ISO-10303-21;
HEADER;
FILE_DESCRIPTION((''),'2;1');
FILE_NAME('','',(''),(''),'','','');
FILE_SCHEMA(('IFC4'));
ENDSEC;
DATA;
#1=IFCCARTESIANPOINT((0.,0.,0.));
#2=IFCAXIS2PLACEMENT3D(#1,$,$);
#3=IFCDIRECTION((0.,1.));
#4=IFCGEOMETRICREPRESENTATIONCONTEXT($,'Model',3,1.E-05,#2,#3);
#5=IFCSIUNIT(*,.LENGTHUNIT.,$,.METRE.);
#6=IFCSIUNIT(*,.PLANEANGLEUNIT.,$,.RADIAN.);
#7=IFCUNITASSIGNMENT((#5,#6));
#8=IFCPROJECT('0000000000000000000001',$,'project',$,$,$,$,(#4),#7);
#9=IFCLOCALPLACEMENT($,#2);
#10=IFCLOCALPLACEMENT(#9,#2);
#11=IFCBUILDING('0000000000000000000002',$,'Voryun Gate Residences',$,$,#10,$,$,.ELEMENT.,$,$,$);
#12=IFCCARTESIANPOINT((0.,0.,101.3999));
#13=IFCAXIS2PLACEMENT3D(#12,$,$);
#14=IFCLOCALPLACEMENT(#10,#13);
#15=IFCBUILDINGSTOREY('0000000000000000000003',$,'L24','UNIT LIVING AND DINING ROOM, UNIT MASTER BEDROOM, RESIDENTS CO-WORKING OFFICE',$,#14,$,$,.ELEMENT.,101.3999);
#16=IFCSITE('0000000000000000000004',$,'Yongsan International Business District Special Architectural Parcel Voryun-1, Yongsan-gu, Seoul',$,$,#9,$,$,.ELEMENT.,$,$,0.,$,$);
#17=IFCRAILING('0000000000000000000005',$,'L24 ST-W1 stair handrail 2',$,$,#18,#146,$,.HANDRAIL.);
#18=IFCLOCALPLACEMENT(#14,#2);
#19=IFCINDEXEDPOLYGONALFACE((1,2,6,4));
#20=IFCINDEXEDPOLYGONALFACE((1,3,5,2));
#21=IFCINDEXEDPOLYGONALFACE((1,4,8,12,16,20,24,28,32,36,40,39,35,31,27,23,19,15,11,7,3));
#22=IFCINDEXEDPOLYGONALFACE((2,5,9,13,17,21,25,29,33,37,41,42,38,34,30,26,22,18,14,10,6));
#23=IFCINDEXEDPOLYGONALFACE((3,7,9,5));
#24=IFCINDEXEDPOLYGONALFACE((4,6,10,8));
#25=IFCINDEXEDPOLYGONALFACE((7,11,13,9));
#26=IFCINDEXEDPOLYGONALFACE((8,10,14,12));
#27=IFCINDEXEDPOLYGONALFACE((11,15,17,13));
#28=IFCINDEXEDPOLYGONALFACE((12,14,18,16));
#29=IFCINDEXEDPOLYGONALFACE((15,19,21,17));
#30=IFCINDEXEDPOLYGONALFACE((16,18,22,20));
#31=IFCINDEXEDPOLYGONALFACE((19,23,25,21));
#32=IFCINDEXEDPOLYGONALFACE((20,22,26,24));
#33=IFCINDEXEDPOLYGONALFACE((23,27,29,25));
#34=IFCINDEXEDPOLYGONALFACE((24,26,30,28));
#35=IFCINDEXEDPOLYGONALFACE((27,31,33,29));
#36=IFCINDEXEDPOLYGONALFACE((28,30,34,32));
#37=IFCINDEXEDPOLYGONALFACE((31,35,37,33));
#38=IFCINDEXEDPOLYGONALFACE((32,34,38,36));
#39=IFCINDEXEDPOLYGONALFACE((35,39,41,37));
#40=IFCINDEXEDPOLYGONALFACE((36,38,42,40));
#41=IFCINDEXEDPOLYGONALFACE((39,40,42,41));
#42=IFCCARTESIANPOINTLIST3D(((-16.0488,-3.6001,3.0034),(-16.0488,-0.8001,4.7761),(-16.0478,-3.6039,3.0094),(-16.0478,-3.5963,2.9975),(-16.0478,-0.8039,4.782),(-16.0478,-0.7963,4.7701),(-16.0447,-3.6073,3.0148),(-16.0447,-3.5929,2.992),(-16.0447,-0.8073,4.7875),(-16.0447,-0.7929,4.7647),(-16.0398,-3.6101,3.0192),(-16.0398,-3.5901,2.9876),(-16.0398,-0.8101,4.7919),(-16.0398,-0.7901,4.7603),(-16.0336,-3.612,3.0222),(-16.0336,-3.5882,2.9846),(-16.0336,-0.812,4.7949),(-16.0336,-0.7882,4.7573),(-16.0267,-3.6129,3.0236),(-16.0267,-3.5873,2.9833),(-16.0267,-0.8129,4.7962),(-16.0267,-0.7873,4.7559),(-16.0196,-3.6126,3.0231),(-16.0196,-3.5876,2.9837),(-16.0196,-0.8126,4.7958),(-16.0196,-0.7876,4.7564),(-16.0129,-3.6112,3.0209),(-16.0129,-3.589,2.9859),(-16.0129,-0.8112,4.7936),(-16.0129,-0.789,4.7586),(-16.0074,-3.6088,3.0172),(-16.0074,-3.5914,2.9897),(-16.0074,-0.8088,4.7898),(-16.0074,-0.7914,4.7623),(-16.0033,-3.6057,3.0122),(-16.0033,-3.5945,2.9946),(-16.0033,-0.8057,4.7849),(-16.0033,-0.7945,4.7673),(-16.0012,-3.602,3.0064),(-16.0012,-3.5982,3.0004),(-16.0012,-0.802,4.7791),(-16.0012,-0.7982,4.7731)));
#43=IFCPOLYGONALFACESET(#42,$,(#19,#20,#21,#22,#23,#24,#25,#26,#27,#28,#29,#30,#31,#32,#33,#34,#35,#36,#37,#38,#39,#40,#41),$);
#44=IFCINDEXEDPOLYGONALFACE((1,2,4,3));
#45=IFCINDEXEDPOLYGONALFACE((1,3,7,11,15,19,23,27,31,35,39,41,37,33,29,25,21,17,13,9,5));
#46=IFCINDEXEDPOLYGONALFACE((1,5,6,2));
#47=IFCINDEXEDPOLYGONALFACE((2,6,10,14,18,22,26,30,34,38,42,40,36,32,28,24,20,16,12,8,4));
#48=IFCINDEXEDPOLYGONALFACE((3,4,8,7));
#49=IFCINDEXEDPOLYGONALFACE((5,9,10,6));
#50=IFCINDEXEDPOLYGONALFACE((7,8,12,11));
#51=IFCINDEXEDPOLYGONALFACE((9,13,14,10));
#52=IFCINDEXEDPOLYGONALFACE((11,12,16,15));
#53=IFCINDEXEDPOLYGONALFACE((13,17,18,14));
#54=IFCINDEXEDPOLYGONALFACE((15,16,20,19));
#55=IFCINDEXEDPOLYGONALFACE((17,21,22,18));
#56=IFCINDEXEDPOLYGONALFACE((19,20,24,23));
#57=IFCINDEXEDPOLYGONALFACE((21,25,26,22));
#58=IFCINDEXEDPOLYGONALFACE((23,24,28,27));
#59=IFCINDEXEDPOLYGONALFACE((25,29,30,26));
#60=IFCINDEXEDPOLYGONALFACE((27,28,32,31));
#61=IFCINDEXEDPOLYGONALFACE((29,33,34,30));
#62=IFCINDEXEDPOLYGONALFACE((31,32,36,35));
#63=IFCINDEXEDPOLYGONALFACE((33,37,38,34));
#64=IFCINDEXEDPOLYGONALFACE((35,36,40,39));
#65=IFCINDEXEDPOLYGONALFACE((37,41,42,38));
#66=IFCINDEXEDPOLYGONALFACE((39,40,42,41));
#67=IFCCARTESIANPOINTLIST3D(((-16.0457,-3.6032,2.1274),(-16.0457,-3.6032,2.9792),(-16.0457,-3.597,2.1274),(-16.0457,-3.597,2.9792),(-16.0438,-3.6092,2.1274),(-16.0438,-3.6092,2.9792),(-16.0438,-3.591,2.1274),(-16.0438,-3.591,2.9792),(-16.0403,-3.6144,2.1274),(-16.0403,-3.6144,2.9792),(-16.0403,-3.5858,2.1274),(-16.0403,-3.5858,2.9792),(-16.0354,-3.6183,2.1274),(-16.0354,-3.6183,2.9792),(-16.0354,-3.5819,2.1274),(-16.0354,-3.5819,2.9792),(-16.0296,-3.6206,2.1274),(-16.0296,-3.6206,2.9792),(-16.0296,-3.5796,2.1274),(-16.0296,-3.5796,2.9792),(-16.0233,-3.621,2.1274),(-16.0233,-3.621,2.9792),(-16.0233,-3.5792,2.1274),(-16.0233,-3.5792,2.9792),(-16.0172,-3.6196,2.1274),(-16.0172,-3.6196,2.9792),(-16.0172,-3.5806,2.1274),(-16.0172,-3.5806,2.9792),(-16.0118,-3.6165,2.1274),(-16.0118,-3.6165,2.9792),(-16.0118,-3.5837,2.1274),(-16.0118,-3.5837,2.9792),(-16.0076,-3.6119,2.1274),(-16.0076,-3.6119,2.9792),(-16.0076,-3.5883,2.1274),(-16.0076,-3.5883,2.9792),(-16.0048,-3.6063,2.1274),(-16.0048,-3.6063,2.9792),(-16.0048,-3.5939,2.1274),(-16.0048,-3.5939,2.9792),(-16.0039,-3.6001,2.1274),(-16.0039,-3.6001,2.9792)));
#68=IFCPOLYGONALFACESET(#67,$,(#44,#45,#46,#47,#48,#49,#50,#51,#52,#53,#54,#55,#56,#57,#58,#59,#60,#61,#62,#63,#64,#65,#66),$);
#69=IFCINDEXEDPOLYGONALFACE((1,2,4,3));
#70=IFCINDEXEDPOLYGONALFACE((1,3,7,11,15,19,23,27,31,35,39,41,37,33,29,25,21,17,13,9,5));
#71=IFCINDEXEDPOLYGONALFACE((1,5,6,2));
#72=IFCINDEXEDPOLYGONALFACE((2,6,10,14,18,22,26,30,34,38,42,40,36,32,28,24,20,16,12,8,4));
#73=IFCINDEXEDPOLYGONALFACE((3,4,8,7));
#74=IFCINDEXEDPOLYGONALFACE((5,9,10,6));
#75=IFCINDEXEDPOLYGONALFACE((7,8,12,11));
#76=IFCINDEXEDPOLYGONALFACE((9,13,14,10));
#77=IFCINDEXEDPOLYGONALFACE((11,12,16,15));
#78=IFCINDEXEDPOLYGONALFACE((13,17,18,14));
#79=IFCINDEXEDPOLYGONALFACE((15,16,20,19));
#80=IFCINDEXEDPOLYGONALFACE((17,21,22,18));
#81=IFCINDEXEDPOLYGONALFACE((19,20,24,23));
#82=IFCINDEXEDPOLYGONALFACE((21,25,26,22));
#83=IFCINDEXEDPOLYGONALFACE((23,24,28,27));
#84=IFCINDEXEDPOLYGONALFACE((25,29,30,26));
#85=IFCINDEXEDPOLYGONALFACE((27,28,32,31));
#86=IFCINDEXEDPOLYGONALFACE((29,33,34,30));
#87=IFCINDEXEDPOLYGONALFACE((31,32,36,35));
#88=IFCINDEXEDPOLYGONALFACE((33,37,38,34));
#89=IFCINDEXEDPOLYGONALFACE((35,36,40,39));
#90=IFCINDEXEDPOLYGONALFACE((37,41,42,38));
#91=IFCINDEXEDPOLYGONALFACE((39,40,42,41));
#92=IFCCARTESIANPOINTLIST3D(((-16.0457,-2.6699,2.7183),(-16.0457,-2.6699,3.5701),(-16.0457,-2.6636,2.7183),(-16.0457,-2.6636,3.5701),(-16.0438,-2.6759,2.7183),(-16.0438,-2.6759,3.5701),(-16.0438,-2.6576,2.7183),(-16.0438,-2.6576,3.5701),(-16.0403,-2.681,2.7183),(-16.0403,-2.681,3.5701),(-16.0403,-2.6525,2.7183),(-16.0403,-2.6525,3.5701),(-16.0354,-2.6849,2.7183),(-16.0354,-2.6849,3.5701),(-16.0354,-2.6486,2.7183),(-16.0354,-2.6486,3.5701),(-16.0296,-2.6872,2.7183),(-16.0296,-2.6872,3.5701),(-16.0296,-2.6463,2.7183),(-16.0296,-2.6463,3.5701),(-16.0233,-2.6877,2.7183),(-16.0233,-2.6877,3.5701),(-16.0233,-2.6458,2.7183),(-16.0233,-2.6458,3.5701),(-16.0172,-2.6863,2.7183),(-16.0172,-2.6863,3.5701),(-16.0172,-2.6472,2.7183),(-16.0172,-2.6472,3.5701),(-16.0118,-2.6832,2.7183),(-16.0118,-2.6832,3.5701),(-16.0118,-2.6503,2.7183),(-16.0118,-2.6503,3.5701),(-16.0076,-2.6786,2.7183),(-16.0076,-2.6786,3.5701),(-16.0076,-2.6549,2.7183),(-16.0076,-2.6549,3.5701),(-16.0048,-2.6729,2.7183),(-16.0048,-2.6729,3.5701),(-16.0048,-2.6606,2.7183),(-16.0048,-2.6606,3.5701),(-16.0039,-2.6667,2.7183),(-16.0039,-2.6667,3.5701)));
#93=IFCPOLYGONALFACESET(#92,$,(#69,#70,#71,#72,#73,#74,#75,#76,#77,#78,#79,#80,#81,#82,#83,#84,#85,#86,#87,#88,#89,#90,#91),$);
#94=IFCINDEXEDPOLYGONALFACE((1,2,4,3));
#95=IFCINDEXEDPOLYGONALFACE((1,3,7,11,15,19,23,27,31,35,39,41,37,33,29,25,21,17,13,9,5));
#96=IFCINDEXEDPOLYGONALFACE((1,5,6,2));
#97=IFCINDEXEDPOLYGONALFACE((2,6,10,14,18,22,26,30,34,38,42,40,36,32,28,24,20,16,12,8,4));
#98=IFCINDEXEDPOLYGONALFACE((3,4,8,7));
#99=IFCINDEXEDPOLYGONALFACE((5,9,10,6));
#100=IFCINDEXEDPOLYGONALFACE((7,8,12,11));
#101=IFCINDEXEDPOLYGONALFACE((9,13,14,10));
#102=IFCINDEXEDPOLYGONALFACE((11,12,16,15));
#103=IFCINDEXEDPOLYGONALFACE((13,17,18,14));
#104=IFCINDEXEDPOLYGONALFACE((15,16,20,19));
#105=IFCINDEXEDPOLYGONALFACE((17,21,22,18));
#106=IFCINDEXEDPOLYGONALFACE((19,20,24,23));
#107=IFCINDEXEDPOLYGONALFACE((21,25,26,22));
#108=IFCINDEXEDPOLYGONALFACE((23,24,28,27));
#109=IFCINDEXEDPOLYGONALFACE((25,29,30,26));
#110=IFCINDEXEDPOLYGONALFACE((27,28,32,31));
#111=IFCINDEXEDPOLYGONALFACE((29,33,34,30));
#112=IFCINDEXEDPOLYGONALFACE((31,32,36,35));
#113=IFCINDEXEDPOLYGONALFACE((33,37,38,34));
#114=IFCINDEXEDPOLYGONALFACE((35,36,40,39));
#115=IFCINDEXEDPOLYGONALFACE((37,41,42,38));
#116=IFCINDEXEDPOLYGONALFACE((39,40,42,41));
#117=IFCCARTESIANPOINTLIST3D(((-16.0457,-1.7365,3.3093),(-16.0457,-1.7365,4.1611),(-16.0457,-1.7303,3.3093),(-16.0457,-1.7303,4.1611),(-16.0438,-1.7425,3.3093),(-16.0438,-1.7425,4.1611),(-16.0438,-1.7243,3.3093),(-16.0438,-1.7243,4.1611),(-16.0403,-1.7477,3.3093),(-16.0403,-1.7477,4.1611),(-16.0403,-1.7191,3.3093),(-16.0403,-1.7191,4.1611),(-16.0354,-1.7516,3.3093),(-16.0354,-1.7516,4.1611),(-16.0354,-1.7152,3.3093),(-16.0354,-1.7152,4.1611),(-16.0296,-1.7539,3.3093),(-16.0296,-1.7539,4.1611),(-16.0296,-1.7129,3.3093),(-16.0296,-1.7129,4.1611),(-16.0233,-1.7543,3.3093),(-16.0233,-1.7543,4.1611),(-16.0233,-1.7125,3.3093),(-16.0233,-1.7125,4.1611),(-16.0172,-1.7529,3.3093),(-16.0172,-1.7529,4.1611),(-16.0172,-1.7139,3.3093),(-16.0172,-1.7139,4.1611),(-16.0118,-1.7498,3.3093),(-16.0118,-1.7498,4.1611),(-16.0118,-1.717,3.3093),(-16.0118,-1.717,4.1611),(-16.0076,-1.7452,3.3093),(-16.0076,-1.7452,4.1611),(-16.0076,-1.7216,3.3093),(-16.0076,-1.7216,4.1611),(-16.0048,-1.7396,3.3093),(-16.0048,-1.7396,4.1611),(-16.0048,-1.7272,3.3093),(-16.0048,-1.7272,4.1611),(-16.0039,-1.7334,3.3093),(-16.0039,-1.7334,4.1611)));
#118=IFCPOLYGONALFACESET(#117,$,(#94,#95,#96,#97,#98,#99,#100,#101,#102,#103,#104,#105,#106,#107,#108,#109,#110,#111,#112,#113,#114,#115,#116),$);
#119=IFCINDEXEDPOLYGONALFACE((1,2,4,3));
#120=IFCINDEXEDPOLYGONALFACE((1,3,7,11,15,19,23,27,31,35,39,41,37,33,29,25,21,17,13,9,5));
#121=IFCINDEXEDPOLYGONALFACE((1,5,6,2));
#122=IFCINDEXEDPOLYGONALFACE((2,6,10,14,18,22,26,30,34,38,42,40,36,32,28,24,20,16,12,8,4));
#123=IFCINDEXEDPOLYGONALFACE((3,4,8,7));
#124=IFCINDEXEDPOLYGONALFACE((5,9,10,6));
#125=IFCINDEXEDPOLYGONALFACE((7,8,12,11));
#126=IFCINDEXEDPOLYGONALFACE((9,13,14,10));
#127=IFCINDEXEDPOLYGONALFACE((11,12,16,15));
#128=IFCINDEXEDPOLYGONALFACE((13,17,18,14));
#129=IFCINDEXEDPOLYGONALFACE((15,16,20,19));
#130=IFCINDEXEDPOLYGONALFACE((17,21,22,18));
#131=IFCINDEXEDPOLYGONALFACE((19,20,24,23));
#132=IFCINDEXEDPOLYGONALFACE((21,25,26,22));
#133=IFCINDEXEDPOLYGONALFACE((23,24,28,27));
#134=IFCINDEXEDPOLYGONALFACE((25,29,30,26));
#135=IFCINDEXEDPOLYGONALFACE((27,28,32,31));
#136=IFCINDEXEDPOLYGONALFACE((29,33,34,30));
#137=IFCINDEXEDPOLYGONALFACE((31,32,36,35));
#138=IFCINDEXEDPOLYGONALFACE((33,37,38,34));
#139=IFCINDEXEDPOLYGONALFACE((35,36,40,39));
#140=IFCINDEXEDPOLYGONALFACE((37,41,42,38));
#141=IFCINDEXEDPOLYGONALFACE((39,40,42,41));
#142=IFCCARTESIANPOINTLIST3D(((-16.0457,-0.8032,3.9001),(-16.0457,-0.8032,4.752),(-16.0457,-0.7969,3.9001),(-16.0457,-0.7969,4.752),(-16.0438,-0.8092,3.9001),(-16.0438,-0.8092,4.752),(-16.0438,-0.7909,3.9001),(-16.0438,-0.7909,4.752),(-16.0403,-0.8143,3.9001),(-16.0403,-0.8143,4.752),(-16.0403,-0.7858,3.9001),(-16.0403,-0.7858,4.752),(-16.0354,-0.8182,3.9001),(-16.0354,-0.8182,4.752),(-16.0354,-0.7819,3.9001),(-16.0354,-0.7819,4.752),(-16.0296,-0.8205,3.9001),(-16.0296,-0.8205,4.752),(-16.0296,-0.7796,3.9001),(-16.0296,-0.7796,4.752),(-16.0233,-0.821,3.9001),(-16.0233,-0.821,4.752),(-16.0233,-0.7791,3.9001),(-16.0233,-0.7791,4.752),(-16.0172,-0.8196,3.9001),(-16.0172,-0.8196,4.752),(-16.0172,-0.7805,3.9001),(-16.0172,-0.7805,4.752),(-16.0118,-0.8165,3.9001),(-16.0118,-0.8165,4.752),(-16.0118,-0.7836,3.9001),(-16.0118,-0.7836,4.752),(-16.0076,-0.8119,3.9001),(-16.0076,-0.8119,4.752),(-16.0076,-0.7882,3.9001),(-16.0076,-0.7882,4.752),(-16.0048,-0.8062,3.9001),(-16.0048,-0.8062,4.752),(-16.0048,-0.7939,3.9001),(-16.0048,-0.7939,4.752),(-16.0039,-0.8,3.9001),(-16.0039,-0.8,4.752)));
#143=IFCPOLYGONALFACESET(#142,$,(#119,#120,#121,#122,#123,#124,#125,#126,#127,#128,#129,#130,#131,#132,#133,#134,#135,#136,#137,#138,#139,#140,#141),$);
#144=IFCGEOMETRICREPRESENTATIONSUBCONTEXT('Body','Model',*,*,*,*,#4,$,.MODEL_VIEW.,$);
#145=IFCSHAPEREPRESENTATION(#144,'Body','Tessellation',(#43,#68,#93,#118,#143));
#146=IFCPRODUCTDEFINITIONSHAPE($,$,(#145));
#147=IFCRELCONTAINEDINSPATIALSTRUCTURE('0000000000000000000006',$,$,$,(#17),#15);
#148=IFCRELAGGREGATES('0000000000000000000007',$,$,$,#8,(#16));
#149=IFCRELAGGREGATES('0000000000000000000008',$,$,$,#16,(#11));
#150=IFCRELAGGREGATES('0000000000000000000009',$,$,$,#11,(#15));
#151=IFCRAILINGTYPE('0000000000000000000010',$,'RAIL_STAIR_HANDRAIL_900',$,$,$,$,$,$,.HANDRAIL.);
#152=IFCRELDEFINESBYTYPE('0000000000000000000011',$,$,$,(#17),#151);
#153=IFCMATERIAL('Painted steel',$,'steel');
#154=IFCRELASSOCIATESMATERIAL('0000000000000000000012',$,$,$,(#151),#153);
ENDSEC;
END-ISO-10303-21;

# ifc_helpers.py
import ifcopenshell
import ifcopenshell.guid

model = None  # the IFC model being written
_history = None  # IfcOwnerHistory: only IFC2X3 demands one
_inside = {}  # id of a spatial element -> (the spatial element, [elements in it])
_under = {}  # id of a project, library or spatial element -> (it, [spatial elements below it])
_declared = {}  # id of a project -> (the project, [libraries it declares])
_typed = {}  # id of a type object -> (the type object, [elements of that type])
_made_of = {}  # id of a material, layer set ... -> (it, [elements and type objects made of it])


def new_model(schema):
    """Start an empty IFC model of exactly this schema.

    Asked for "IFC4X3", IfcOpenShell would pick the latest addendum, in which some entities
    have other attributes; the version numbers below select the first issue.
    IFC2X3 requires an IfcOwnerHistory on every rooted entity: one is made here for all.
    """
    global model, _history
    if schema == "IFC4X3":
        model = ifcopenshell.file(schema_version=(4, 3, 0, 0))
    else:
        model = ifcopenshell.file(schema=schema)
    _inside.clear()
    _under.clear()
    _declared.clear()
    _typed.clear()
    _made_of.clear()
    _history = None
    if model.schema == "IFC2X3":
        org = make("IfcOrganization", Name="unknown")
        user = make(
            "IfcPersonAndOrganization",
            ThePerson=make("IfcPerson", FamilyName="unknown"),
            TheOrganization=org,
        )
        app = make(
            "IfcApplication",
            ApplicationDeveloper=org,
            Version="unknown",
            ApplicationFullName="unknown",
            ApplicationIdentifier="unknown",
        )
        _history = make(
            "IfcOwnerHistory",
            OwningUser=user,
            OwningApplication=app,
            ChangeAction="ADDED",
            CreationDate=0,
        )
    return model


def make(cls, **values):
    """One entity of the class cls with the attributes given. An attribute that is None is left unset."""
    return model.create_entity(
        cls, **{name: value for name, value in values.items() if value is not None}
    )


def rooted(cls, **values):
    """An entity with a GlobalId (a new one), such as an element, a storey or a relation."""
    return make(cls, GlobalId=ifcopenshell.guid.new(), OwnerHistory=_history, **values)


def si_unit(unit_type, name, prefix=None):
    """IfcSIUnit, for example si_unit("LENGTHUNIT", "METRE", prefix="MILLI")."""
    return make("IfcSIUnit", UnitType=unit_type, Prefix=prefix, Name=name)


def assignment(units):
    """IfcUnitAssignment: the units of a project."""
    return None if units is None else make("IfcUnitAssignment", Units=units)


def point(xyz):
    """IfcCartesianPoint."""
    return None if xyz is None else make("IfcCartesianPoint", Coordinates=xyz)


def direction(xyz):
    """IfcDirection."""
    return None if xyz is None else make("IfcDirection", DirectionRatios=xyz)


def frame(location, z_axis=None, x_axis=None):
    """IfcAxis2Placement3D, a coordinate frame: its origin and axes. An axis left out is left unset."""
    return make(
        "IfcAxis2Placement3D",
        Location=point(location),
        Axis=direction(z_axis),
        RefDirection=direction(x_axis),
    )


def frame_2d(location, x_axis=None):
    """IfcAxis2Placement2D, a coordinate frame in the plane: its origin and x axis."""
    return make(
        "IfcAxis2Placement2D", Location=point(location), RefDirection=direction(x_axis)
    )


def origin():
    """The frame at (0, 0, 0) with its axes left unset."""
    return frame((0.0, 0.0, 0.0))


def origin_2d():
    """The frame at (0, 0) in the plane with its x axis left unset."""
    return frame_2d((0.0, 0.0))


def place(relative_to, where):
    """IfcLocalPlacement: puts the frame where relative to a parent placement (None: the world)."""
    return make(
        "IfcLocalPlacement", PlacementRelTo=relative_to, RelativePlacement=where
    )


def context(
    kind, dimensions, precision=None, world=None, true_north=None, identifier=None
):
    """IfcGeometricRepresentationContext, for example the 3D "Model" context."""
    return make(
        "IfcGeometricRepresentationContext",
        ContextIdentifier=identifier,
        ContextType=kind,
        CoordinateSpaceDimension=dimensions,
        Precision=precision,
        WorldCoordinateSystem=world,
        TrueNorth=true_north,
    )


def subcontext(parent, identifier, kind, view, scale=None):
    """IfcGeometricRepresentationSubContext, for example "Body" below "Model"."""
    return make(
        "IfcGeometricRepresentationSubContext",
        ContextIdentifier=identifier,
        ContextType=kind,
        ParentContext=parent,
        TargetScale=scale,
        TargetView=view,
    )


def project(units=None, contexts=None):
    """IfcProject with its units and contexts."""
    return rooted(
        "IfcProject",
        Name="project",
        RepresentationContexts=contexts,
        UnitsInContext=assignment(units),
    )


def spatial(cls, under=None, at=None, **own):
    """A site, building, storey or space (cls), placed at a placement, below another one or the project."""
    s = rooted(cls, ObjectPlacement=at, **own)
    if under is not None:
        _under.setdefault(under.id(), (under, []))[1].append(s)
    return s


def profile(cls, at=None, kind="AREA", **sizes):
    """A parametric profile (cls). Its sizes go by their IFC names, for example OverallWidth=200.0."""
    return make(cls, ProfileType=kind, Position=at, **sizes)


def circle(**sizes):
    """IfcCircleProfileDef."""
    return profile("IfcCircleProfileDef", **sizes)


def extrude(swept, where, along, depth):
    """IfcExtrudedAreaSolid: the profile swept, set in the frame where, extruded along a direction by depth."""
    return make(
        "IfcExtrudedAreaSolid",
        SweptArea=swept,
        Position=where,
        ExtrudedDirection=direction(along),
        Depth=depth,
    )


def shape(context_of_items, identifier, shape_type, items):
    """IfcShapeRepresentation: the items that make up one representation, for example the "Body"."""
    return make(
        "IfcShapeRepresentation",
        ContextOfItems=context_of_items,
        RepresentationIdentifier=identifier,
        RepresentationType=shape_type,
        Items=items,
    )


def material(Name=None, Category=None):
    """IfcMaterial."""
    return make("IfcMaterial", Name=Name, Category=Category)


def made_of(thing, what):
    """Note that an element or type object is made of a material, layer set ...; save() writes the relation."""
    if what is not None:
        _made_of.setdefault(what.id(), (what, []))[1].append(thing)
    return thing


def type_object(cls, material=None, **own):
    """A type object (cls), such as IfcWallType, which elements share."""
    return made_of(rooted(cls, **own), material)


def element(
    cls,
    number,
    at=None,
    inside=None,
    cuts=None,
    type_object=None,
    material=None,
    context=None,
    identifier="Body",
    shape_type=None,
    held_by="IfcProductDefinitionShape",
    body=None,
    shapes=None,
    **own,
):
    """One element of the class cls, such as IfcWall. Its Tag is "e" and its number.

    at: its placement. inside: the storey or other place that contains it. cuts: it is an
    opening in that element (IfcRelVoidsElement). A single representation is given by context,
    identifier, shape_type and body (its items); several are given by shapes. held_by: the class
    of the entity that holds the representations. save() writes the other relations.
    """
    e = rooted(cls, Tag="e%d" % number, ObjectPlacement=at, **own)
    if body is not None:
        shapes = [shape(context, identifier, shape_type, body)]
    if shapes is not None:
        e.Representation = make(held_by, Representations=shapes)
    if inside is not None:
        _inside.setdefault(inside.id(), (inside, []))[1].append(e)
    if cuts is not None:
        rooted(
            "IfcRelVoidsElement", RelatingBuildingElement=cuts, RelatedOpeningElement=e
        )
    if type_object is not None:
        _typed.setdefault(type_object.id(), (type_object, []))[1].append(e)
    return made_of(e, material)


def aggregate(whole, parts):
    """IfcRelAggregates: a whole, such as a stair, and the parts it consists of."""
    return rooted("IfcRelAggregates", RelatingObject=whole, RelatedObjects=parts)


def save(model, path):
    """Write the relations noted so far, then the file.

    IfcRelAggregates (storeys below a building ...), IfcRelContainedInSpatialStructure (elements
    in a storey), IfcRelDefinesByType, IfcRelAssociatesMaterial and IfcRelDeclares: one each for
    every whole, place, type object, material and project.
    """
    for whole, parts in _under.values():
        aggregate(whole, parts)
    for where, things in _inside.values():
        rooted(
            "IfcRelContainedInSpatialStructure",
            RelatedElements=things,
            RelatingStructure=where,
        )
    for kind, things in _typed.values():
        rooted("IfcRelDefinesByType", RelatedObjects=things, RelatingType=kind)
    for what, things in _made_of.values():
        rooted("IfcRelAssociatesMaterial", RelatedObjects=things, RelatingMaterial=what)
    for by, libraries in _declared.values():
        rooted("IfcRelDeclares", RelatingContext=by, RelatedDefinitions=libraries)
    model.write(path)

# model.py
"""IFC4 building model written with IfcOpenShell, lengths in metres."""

from ifc_helpers import new_model, si_unit, direction, frame, origin, origin_2d, place, context, subcontext, project, spatial, circle, extrude, material, type_object, element, save


model = new_model("IFC4")

# Units and contexts
model_context = context("Model", 3, precision=1e-05, world=origin(), true_north=direction((0.0, 1.0)))
body_context = subcontext(model_context, "Body", "Model", "MODEL_VIEW")
ifc_project = project(units=[si_unit("LENGTHUNIT", "METRE"), si_unit("PLANEANGLEUNIT", "RADIAN")], contexts=[model_context])

# Site, building, storey
site_placement = place(None, origin())
site = spatial("IfcSite", under=ifc_project, at=site_placement, Name="Yongsan International Business District Special Architectural Parcel Voryun-1, Yongsan-gu, Seoul", CompositionType="ELEMENT", RefElevation=0.0)
building_placement = place(site_placement, origin())
building = spatial("IfcBuilding", under=site, at=building_placement, Name="Voryun Gate Residences", CompositionType="ELEMENT")
storey_placement = place(building_placement, frame((0.0, 0.0, 101.3999)))
storey = spatial("IfcBuildingStorey", under=building, at=storey_placement, Name="L24", Description="UNIT LIVING AND DINING ROOM, UNIT MASTER BEDROOM, RESIDENTS CO-WORKING OFFICE", CompositionType="ELEMENT", Elevation=101.3999)

# Railing
ifc_material_1 = material(Name="Painted steel", Category="steel")
railing_type_1 = type_object("IfcRailingType", Name="RAIL_STAIR_HANDRAIL_900", PredefinedType="HANDRAIL", material=ifc_material_1)
railing_1_placement = place(storey_placement, frame((-16.0249, -3.6001, 2.1274)))
element("IfcRailing", 1, at=railing_1_placement, inside=storey, type_object=railing_type_1, Name="L24 ST-W1 stair handrail 2", PredefinedType="HANDRAIL", context=body_context, shape_type="SweptSolid", body=[
    extrude(circle(Radius=0.0239, at=origin_2d()), frame((0.0, 0.0, 0.876), z_axis=(0.0, 0.844909, 0.53491), x_axis=(-1.0, 0.0, 0.0)), (0.0, 0.0, 1.0), 3.314),
    extrude(circle(Radius=0.021, at=origin_2d()), origin(), (0.0, 0.0, 1.0), 0.8518),
    extrude(circle(Radius=0.021, at=origin_2d()), frame((0.0, 0.9333, 0.5908)), (0.0, 0.0, 1.0), 0.8518),
    extrude(circle(Radius=0.021, at=origin_2d()), frame((0.0, 1.8667, 1.1819)), (0.0, 0.0, 1.0), 0.8518),
    extrude(circle(Radius=0.021, at=origin_2d()), frame((0.0, 2.8, 1.7727)), (0.0, 0.0, 1.0), 0.8518),
])

save(model, "model.ifc")
